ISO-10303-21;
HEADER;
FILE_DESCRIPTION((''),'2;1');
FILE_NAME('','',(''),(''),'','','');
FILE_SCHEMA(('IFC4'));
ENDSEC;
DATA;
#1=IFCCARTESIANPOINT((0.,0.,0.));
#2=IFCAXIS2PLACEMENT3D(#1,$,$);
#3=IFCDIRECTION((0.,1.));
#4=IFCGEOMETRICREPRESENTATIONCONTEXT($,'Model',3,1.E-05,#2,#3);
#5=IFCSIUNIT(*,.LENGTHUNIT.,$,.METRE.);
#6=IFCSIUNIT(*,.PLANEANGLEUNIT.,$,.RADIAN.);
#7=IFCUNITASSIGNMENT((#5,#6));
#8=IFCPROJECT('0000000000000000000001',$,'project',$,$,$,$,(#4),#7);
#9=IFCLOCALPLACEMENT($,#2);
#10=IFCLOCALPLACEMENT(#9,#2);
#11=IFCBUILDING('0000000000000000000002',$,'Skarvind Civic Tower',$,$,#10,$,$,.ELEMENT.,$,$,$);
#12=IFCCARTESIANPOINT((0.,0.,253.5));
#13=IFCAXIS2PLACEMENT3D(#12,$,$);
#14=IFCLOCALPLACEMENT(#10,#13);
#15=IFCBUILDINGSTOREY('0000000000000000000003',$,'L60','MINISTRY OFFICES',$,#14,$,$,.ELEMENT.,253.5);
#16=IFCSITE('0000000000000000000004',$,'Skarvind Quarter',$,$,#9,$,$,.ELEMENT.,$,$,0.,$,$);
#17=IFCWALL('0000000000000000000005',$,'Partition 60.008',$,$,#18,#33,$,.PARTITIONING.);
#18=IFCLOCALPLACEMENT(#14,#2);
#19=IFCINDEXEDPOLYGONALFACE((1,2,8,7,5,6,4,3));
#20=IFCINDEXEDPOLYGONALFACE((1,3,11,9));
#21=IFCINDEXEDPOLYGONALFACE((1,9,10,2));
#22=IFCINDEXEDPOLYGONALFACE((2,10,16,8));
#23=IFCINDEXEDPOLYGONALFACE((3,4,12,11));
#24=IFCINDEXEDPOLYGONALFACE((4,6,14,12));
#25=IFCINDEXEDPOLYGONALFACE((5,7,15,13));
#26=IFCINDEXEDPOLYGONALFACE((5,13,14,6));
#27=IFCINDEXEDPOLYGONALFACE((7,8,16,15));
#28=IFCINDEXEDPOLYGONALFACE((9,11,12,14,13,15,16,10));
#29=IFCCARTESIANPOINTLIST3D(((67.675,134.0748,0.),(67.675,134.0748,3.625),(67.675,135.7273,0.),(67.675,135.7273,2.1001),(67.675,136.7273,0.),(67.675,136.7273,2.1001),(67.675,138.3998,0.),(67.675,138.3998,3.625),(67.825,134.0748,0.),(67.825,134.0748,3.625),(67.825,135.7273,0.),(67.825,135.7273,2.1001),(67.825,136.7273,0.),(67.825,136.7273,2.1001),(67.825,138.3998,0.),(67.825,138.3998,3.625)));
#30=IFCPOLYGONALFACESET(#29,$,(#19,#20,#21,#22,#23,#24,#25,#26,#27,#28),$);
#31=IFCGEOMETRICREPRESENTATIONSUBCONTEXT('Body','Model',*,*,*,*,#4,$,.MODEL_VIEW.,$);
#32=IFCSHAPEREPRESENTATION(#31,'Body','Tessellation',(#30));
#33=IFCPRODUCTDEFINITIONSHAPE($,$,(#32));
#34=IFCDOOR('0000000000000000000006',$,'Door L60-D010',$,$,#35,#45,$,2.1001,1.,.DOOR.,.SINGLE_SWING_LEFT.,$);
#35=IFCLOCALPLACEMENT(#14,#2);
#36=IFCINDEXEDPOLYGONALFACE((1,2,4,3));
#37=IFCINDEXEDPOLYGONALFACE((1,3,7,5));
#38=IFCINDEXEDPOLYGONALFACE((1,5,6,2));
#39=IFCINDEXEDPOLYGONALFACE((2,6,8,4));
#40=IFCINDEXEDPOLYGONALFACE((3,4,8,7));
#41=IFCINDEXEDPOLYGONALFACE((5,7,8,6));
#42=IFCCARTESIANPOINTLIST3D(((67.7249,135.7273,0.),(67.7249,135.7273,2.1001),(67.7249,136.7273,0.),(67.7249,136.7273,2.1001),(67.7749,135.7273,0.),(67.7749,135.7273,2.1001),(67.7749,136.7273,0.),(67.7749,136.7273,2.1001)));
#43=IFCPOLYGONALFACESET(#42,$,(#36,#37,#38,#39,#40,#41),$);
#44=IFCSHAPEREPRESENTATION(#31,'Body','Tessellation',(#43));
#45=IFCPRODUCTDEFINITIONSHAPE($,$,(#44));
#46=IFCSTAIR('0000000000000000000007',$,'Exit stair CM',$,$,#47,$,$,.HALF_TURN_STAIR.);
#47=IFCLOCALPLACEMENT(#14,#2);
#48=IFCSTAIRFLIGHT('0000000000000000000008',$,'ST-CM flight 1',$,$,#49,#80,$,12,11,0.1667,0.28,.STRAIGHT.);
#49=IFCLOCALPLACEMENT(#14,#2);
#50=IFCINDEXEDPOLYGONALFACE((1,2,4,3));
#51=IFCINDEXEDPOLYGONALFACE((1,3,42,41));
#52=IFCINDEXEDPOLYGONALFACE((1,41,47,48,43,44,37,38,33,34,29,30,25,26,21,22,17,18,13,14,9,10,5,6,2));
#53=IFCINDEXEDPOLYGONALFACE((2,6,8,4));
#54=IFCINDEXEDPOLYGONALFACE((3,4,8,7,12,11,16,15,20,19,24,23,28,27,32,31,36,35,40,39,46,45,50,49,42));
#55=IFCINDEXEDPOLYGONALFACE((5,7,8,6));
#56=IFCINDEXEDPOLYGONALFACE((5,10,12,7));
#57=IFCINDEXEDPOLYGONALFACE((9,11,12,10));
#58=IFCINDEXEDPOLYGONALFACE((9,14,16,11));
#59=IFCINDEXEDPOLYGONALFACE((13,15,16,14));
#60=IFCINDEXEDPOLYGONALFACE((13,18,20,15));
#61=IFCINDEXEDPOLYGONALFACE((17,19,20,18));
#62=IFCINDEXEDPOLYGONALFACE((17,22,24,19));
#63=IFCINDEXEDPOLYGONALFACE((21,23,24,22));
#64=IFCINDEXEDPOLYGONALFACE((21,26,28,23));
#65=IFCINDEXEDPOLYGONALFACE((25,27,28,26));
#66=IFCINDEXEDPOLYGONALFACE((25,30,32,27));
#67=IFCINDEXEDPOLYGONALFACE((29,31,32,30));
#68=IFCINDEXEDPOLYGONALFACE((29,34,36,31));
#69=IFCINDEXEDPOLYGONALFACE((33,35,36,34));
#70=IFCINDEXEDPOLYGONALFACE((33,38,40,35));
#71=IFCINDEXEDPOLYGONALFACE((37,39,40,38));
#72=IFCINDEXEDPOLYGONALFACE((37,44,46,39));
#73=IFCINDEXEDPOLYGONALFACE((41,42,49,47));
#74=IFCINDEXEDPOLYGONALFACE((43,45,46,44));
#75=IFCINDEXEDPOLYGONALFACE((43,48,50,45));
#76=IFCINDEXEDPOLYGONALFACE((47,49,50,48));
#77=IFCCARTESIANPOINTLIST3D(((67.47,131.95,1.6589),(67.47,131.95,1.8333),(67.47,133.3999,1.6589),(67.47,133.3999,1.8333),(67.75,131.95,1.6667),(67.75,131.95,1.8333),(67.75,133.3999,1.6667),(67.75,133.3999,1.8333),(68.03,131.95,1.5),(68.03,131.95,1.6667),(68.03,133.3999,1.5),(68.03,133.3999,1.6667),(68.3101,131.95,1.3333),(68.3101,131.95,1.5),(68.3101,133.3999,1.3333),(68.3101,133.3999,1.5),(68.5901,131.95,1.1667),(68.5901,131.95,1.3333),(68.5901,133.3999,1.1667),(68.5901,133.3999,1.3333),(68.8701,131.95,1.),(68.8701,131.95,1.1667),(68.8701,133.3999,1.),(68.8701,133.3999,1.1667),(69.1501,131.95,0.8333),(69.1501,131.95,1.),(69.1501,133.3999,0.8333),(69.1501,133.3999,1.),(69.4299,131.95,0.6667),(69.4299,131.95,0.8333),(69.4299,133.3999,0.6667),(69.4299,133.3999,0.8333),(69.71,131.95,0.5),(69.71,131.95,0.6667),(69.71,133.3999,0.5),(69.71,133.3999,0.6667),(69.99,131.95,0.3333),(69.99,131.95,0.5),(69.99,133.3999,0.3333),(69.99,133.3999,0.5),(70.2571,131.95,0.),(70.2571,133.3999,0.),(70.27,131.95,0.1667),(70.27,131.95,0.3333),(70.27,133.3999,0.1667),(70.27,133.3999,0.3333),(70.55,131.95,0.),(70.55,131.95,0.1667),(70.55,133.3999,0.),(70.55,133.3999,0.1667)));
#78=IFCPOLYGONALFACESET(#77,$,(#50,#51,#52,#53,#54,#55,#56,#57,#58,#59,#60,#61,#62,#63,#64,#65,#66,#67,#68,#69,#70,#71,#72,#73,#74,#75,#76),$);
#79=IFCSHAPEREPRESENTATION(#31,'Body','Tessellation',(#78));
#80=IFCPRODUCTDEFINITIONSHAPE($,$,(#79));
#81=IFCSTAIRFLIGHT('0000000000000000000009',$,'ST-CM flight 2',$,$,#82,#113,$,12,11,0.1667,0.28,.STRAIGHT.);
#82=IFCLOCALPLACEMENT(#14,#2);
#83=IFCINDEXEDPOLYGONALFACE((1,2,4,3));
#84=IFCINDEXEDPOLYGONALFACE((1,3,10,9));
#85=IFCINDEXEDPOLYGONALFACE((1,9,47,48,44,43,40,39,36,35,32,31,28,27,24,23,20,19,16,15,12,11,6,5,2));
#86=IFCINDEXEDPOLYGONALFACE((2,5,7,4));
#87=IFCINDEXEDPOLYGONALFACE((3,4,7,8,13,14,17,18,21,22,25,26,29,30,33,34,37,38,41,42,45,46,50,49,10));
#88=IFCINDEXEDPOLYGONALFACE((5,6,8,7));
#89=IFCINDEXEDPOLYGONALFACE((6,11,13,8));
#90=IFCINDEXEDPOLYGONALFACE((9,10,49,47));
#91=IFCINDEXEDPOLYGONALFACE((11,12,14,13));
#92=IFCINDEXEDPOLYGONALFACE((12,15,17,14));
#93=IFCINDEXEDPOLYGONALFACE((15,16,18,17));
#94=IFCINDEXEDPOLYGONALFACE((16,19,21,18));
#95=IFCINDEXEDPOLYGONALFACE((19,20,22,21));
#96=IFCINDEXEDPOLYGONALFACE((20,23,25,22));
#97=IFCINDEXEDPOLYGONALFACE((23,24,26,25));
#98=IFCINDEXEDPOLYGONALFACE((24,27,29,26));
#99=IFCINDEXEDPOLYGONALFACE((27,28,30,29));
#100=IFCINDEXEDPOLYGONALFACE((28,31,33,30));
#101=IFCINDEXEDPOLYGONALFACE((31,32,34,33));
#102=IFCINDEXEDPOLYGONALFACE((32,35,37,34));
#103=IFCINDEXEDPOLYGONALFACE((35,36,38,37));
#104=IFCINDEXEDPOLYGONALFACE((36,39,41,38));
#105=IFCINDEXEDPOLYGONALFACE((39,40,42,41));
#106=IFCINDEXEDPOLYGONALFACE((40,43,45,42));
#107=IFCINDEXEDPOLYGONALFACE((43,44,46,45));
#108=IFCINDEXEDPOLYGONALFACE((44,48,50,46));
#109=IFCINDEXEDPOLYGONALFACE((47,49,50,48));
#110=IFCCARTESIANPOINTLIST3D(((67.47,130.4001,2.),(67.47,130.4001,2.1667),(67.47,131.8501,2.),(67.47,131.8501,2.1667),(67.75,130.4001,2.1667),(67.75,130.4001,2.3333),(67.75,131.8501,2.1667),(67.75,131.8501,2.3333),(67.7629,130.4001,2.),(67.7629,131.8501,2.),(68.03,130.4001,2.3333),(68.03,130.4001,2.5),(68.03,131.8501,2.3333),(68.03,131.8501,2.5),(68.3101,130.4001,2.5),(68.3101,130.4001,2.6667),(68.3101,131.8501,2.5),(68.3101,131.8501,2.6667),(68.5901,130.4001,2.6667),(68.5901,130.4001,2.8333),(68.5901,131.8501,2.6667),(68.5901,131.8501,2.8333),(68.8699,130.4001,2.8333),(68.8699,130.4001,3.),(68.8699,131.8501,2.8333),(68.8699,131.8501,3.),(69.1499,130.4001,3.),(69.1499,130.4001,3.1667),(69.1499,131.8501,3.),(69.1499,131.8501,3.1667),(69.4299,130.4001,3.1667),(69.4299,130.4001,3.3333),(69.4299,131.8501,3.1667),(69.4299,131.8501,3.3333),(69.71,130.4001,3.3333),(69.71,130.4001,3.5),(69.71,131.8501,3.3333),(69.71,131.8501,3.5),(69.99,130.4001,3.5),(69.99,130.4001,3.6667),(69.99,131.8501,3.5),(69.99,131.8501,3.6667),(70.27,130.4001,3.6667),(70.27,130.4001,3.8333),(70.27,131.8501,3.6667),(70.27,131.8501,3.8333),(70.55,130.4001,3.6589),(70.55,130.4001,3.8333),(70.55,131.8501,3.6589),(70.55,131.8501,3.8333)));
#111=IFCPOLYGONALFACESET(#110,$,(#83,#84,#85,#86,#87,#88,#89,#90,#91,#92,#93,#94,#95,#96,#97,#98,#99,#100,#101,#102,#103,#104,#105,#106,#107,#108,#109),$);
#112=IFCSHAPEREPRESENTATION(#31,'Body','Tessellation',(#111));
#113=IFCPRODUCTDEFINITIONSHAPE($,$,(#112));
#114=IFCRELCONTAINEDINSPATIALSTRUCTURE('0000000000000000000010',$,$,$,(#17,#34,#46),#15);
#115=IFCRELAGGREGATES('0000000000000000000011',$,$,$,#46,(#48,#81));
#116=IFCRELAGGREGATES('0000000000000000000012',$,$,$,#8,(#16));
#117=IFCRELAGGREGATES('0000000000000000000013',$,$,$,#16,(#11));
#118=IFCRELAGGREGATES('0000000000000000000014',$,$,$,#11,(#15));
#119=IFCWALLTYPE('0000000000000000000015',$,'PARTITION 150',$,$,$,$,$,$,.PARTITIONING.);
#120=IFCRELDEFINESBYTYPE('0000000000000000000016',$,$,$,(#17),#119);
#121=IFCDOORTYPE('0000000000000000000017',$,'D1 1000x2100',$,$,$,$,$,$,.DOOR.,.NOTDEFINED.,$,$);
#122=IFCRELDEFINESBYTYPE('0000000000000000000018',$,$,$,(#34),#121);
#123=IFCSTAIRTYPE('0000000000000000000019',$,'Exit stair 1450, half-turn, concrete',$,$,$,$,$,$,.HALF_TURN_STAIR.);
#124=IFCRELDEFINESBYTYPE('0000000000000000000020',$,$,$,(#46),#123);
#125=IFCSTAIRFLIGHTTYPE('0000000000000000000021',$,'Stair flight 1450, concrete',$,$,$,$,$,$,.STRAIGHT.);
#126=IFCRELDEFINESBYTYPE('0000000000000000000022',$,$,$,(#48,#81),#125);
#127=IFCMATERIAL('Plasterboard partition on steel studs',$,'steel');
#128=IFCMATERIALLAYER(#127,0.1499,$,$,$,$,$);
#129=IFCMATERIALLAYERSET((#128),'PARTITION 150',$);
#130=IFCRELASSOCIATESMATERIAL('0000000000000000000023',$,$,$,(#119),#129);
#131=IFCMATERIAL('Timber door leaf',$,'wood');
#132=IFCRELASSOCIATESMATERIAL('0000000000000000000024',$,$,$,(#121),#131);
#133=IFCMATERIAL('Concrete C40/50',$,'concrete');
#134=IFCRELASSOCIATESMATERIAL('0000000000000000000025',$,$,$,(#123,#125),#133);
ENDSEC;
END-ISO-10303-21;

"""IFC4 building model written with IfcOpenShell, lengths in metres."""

from ifc_helpers import new_model, si_unit, direction, frame, frame_2d, origin, place, context, subcontext, project, spatial, polyline, rectangle, outline, extrude, material, layer, layer_set, type_object, element, fill, aggregate, save


model = new_model("IFC4")

# Units and contexts
model_context = context("Model", 3, precision=1e-05, world=origin(), true_north=direction((0.0, 1.0)))
body_context = subcontext(model_context, "Body", "Model", "MODEL_VIEW")
ifc_project = project(units=[si_unit("LENGTHUNIT", "METRE"), si_unit("PLANEANGLEUNIT", "RADIAN")], contexts=[model_context])

# Site, building, storey
site_placement = place(None, origin())
site = spatial("IfcSite", under=ifc_project, at=site_placement, Name="Skarvind Quarter", CompositionType="ELEMENT", RefElevation=0.0)
building_placement = place(site_placement, origin())
building = spatial("IfcBuilding", under=site, at=building_placement, Name="Skarvind Civic Tower", CompositionType="ELEMENT")
storey_placement = place(building_placement, frame((0.0, 0.0, 253.5)))
storey = spatial("IfcBuildingStorey", under=building, at=storey_placement, Name="L60", Description="MINISTRY OFFICES", CompositionType="ELEMENT", Elevation=253.5)

# Shared definitions
ifc_material_1 = material(Name="Plasterboard partition on steel studs", Category="steel")
ifc_layer_1 = layer(ifc_material_1, 0.1499)
ifc_layer_set_1 = layer_set([ifc_layer_1], Name="PARTITION 150")
wall_type_1 = type_object("IfcWallType", Name="PARTITION 150", PredefinedType="PARTITIONING", material=ifc_layer_set_1)

# Shared definitions
ifc_material_2 = material(Name="Timber door leaf", Category="wood")
door_type_1 = type_object("IfcDoorType", Name="D1 1000x2100", OperationType="NOTDEFINED", PredefinedType="DOOR", material=ifc_material_2)

# Wall, opening, door
wall_1_placement = place(storey_placement, frame((67.75, 138.3999, 0.0), z_axis=(0.0, 0.0, 1.0), x_axis=(0.0, -1.0, 0.0)))
wall_1 = element("IfcWall", 1, at=wall_1_placement, inside=storey, type_object=wall_type_1, Name="Partition 60.008", PredefinedType="PARTITIONING", context=body_context, shape_type="SweptSolid", body=[
    extrude(rectangle(XDim=4.325, YDim=0.1499, at=frame_2d((2.1626, 0.0))), origin(), (0.0, 0.0, 1.0), 3.625),
])
opening_1_placement = place(wall_1_placement, frame((1.6726, 0.0, 0.0)))
opening_1 = element("IfcOpeningElement", 2, at=opening_1_placement, cuts=wall_1, PredefinedType="OPENING", context=body_context, shape_type="SweptSolid", body=[
    extrude(rectangle(XDim=1.0, YDim=2.1001, at=frame_2d((0.5, 1.05))), frame((0.0, 0.085, 0.0), z_axis=(0.0, -1.0, 0.0), x_axis=(1.0, 0.0, 0.0)), (0.0, 0.0, 1.0), 0.1699),
])
door_1_placement = place(opening_1_placement, origin())
door_1 = element("IfcDoor", 3, at=door_1_placement, inside=storey, type_object=door_type_1, Name="Door L60-D010", OperationType="SINGLE_SWING_LEFT", OverallHeight=2.1001, OverallWidth=1.0, PredefinedType="DOOR", context=body_context, shape_type="SweptSolid", body=[
    extrude(rectangle(XDim=1.0, YDim=2.1001, at=frame_2d((0.5, 1.05))), frame((0.0, 0.0249, 0.0), z_axis=(0.0, -1.0, 0.0), x_axis=(1.0, 0.0, 0.0)), (0.0, 0.0, 1.0), 0.05),
])
fill(opening_1, door_1)

# Stair, stair flights
ifc_material_3 = material(Name="Concrete C40/50", Category="concrete")
stair_type = type_object("IfcStairType", Name="Exit stair 1450, half-turn, concrete", PredefinedType="HALF_TURN_STAIR", material=ifc_material_3)
stair_placement = place(storey_placement, origin())
stair = element("IfcStair", 4, at=stair_placement, inside=storey, type_object=stair_type, Name="Exit stair CM", PredefinedType="HALF_TURN_STAIR")
stair_flight_type = type_object("IfcStairFlightType", Name="Stair flight 1450, concrete", PredefinedType="STRAIGHT", material=ifc_material_3)
stair_flight_1_placement = place(storey_placement, frame((70.55, 132.675, 0.0), z_axis=(0.0, 0.0, 1.0), x_axis=(-1.0, 0.0, 0.0)))
stair_flight_1 = element("IfcStairFlight", 5, at=stair_flight_1_placement, type_object=stair_flight_type, Name="ST-CM flight 1", NumberOfRisers=12, NumberOfTreads=11, PredefinedType="STRAIGHT", RiserHeight=0.1667, TreadLength=0.28, context=body_context, shape_type="SweptSolid", body=[
    extrude(outline(polyline([(0.0, 0.0), (0.0, 0.1667), (0.28, 0.1667), (0.28, 0.3333), (0.5601, 0.3333), (0.5601, 0.5), (0.8401, 0.5), (0.8401, 0.6667), (1.1201, 0.6667), (1.1201, 0.8333), (1.3999, 0.8333), (1.3999, 1.0), (1.6799, 1.0), (1.6799, 1.1667), (1.96, 1.1667), (1.96, 1.3333), (2.24, 1.3333), (2.24, 1.5), (2.52, 1.5), (2.52, 1.6667), (2.8, 1.6667), (2.8, 1.8333), (3.0801, 1.8333), (3.0801, 2.0), (3.0801, 1.6589), (0.293, 0.0), (0.0, 0.0)])), frame((0.0, 0.7251, 0.0), z_axis=(0.0, -1.0, 0.0), x_axis=(1.0, 0.0, 0.0)), (0.0, 0.0, 1.0), 1.45),
])
stair_flight_2_placement = place(storey_placement, frame((67.47, 131.125, 2.0), z_axis=(0.0, 0.0, 1.0), x_axis=(1.0, 0.0, 0.0)))
stair_flight_2 = element("IfcStairFlight", 6, at=stair_flight_2_placement, type_object=stair_flight_type, Name="ST-CM flight 2", NumberOfRisers=12, NumberOfTreads=11, PredefinedType="STRAIGHT", RiserHeight=0.1667, TreadLength=0.28, context=body_context, shape_type="SweptSolid", body=[
    extrude(outline(polyline([(0.0, 0.0), (0.0, 0.1667), (0.28, 0.1667), (0.28, 0.3333), (0.5601, 0.3333), (0.5601, 0.5), (0.8401, 0.5), (0.8401, 0.6667), (1.1201, 0.6667), (1.1201, 0.8333), (1.3999, 0.8333), (1.3999, 1.0), (1.6799, 1.0), (1.6799, 1.1667), (1.96, 1.1667), (1.96, 1.3333), (2.24, 1.3333), (2.24, 1.5), (2.52, 1.5), (2.52, 1.6667), (2.8, 1.6667), (2.8, 1.8333), (3.0801, 1.8333), (3.0801, 2.0), (3.0801, 1.6589), (0.293, 0.0), (0.0, 0.0)])), frame((0.0, 0.7251, 0.0), z_axis=(0.0, -1.0, 0.0), x_axis=(1.0, 0.0, 0.0)), (0.0, 0.0, 1.0), 1.45),
])
aggregate(stair, [stair_flight_1, stair_flight_2])

save(model, "model.ifc")
